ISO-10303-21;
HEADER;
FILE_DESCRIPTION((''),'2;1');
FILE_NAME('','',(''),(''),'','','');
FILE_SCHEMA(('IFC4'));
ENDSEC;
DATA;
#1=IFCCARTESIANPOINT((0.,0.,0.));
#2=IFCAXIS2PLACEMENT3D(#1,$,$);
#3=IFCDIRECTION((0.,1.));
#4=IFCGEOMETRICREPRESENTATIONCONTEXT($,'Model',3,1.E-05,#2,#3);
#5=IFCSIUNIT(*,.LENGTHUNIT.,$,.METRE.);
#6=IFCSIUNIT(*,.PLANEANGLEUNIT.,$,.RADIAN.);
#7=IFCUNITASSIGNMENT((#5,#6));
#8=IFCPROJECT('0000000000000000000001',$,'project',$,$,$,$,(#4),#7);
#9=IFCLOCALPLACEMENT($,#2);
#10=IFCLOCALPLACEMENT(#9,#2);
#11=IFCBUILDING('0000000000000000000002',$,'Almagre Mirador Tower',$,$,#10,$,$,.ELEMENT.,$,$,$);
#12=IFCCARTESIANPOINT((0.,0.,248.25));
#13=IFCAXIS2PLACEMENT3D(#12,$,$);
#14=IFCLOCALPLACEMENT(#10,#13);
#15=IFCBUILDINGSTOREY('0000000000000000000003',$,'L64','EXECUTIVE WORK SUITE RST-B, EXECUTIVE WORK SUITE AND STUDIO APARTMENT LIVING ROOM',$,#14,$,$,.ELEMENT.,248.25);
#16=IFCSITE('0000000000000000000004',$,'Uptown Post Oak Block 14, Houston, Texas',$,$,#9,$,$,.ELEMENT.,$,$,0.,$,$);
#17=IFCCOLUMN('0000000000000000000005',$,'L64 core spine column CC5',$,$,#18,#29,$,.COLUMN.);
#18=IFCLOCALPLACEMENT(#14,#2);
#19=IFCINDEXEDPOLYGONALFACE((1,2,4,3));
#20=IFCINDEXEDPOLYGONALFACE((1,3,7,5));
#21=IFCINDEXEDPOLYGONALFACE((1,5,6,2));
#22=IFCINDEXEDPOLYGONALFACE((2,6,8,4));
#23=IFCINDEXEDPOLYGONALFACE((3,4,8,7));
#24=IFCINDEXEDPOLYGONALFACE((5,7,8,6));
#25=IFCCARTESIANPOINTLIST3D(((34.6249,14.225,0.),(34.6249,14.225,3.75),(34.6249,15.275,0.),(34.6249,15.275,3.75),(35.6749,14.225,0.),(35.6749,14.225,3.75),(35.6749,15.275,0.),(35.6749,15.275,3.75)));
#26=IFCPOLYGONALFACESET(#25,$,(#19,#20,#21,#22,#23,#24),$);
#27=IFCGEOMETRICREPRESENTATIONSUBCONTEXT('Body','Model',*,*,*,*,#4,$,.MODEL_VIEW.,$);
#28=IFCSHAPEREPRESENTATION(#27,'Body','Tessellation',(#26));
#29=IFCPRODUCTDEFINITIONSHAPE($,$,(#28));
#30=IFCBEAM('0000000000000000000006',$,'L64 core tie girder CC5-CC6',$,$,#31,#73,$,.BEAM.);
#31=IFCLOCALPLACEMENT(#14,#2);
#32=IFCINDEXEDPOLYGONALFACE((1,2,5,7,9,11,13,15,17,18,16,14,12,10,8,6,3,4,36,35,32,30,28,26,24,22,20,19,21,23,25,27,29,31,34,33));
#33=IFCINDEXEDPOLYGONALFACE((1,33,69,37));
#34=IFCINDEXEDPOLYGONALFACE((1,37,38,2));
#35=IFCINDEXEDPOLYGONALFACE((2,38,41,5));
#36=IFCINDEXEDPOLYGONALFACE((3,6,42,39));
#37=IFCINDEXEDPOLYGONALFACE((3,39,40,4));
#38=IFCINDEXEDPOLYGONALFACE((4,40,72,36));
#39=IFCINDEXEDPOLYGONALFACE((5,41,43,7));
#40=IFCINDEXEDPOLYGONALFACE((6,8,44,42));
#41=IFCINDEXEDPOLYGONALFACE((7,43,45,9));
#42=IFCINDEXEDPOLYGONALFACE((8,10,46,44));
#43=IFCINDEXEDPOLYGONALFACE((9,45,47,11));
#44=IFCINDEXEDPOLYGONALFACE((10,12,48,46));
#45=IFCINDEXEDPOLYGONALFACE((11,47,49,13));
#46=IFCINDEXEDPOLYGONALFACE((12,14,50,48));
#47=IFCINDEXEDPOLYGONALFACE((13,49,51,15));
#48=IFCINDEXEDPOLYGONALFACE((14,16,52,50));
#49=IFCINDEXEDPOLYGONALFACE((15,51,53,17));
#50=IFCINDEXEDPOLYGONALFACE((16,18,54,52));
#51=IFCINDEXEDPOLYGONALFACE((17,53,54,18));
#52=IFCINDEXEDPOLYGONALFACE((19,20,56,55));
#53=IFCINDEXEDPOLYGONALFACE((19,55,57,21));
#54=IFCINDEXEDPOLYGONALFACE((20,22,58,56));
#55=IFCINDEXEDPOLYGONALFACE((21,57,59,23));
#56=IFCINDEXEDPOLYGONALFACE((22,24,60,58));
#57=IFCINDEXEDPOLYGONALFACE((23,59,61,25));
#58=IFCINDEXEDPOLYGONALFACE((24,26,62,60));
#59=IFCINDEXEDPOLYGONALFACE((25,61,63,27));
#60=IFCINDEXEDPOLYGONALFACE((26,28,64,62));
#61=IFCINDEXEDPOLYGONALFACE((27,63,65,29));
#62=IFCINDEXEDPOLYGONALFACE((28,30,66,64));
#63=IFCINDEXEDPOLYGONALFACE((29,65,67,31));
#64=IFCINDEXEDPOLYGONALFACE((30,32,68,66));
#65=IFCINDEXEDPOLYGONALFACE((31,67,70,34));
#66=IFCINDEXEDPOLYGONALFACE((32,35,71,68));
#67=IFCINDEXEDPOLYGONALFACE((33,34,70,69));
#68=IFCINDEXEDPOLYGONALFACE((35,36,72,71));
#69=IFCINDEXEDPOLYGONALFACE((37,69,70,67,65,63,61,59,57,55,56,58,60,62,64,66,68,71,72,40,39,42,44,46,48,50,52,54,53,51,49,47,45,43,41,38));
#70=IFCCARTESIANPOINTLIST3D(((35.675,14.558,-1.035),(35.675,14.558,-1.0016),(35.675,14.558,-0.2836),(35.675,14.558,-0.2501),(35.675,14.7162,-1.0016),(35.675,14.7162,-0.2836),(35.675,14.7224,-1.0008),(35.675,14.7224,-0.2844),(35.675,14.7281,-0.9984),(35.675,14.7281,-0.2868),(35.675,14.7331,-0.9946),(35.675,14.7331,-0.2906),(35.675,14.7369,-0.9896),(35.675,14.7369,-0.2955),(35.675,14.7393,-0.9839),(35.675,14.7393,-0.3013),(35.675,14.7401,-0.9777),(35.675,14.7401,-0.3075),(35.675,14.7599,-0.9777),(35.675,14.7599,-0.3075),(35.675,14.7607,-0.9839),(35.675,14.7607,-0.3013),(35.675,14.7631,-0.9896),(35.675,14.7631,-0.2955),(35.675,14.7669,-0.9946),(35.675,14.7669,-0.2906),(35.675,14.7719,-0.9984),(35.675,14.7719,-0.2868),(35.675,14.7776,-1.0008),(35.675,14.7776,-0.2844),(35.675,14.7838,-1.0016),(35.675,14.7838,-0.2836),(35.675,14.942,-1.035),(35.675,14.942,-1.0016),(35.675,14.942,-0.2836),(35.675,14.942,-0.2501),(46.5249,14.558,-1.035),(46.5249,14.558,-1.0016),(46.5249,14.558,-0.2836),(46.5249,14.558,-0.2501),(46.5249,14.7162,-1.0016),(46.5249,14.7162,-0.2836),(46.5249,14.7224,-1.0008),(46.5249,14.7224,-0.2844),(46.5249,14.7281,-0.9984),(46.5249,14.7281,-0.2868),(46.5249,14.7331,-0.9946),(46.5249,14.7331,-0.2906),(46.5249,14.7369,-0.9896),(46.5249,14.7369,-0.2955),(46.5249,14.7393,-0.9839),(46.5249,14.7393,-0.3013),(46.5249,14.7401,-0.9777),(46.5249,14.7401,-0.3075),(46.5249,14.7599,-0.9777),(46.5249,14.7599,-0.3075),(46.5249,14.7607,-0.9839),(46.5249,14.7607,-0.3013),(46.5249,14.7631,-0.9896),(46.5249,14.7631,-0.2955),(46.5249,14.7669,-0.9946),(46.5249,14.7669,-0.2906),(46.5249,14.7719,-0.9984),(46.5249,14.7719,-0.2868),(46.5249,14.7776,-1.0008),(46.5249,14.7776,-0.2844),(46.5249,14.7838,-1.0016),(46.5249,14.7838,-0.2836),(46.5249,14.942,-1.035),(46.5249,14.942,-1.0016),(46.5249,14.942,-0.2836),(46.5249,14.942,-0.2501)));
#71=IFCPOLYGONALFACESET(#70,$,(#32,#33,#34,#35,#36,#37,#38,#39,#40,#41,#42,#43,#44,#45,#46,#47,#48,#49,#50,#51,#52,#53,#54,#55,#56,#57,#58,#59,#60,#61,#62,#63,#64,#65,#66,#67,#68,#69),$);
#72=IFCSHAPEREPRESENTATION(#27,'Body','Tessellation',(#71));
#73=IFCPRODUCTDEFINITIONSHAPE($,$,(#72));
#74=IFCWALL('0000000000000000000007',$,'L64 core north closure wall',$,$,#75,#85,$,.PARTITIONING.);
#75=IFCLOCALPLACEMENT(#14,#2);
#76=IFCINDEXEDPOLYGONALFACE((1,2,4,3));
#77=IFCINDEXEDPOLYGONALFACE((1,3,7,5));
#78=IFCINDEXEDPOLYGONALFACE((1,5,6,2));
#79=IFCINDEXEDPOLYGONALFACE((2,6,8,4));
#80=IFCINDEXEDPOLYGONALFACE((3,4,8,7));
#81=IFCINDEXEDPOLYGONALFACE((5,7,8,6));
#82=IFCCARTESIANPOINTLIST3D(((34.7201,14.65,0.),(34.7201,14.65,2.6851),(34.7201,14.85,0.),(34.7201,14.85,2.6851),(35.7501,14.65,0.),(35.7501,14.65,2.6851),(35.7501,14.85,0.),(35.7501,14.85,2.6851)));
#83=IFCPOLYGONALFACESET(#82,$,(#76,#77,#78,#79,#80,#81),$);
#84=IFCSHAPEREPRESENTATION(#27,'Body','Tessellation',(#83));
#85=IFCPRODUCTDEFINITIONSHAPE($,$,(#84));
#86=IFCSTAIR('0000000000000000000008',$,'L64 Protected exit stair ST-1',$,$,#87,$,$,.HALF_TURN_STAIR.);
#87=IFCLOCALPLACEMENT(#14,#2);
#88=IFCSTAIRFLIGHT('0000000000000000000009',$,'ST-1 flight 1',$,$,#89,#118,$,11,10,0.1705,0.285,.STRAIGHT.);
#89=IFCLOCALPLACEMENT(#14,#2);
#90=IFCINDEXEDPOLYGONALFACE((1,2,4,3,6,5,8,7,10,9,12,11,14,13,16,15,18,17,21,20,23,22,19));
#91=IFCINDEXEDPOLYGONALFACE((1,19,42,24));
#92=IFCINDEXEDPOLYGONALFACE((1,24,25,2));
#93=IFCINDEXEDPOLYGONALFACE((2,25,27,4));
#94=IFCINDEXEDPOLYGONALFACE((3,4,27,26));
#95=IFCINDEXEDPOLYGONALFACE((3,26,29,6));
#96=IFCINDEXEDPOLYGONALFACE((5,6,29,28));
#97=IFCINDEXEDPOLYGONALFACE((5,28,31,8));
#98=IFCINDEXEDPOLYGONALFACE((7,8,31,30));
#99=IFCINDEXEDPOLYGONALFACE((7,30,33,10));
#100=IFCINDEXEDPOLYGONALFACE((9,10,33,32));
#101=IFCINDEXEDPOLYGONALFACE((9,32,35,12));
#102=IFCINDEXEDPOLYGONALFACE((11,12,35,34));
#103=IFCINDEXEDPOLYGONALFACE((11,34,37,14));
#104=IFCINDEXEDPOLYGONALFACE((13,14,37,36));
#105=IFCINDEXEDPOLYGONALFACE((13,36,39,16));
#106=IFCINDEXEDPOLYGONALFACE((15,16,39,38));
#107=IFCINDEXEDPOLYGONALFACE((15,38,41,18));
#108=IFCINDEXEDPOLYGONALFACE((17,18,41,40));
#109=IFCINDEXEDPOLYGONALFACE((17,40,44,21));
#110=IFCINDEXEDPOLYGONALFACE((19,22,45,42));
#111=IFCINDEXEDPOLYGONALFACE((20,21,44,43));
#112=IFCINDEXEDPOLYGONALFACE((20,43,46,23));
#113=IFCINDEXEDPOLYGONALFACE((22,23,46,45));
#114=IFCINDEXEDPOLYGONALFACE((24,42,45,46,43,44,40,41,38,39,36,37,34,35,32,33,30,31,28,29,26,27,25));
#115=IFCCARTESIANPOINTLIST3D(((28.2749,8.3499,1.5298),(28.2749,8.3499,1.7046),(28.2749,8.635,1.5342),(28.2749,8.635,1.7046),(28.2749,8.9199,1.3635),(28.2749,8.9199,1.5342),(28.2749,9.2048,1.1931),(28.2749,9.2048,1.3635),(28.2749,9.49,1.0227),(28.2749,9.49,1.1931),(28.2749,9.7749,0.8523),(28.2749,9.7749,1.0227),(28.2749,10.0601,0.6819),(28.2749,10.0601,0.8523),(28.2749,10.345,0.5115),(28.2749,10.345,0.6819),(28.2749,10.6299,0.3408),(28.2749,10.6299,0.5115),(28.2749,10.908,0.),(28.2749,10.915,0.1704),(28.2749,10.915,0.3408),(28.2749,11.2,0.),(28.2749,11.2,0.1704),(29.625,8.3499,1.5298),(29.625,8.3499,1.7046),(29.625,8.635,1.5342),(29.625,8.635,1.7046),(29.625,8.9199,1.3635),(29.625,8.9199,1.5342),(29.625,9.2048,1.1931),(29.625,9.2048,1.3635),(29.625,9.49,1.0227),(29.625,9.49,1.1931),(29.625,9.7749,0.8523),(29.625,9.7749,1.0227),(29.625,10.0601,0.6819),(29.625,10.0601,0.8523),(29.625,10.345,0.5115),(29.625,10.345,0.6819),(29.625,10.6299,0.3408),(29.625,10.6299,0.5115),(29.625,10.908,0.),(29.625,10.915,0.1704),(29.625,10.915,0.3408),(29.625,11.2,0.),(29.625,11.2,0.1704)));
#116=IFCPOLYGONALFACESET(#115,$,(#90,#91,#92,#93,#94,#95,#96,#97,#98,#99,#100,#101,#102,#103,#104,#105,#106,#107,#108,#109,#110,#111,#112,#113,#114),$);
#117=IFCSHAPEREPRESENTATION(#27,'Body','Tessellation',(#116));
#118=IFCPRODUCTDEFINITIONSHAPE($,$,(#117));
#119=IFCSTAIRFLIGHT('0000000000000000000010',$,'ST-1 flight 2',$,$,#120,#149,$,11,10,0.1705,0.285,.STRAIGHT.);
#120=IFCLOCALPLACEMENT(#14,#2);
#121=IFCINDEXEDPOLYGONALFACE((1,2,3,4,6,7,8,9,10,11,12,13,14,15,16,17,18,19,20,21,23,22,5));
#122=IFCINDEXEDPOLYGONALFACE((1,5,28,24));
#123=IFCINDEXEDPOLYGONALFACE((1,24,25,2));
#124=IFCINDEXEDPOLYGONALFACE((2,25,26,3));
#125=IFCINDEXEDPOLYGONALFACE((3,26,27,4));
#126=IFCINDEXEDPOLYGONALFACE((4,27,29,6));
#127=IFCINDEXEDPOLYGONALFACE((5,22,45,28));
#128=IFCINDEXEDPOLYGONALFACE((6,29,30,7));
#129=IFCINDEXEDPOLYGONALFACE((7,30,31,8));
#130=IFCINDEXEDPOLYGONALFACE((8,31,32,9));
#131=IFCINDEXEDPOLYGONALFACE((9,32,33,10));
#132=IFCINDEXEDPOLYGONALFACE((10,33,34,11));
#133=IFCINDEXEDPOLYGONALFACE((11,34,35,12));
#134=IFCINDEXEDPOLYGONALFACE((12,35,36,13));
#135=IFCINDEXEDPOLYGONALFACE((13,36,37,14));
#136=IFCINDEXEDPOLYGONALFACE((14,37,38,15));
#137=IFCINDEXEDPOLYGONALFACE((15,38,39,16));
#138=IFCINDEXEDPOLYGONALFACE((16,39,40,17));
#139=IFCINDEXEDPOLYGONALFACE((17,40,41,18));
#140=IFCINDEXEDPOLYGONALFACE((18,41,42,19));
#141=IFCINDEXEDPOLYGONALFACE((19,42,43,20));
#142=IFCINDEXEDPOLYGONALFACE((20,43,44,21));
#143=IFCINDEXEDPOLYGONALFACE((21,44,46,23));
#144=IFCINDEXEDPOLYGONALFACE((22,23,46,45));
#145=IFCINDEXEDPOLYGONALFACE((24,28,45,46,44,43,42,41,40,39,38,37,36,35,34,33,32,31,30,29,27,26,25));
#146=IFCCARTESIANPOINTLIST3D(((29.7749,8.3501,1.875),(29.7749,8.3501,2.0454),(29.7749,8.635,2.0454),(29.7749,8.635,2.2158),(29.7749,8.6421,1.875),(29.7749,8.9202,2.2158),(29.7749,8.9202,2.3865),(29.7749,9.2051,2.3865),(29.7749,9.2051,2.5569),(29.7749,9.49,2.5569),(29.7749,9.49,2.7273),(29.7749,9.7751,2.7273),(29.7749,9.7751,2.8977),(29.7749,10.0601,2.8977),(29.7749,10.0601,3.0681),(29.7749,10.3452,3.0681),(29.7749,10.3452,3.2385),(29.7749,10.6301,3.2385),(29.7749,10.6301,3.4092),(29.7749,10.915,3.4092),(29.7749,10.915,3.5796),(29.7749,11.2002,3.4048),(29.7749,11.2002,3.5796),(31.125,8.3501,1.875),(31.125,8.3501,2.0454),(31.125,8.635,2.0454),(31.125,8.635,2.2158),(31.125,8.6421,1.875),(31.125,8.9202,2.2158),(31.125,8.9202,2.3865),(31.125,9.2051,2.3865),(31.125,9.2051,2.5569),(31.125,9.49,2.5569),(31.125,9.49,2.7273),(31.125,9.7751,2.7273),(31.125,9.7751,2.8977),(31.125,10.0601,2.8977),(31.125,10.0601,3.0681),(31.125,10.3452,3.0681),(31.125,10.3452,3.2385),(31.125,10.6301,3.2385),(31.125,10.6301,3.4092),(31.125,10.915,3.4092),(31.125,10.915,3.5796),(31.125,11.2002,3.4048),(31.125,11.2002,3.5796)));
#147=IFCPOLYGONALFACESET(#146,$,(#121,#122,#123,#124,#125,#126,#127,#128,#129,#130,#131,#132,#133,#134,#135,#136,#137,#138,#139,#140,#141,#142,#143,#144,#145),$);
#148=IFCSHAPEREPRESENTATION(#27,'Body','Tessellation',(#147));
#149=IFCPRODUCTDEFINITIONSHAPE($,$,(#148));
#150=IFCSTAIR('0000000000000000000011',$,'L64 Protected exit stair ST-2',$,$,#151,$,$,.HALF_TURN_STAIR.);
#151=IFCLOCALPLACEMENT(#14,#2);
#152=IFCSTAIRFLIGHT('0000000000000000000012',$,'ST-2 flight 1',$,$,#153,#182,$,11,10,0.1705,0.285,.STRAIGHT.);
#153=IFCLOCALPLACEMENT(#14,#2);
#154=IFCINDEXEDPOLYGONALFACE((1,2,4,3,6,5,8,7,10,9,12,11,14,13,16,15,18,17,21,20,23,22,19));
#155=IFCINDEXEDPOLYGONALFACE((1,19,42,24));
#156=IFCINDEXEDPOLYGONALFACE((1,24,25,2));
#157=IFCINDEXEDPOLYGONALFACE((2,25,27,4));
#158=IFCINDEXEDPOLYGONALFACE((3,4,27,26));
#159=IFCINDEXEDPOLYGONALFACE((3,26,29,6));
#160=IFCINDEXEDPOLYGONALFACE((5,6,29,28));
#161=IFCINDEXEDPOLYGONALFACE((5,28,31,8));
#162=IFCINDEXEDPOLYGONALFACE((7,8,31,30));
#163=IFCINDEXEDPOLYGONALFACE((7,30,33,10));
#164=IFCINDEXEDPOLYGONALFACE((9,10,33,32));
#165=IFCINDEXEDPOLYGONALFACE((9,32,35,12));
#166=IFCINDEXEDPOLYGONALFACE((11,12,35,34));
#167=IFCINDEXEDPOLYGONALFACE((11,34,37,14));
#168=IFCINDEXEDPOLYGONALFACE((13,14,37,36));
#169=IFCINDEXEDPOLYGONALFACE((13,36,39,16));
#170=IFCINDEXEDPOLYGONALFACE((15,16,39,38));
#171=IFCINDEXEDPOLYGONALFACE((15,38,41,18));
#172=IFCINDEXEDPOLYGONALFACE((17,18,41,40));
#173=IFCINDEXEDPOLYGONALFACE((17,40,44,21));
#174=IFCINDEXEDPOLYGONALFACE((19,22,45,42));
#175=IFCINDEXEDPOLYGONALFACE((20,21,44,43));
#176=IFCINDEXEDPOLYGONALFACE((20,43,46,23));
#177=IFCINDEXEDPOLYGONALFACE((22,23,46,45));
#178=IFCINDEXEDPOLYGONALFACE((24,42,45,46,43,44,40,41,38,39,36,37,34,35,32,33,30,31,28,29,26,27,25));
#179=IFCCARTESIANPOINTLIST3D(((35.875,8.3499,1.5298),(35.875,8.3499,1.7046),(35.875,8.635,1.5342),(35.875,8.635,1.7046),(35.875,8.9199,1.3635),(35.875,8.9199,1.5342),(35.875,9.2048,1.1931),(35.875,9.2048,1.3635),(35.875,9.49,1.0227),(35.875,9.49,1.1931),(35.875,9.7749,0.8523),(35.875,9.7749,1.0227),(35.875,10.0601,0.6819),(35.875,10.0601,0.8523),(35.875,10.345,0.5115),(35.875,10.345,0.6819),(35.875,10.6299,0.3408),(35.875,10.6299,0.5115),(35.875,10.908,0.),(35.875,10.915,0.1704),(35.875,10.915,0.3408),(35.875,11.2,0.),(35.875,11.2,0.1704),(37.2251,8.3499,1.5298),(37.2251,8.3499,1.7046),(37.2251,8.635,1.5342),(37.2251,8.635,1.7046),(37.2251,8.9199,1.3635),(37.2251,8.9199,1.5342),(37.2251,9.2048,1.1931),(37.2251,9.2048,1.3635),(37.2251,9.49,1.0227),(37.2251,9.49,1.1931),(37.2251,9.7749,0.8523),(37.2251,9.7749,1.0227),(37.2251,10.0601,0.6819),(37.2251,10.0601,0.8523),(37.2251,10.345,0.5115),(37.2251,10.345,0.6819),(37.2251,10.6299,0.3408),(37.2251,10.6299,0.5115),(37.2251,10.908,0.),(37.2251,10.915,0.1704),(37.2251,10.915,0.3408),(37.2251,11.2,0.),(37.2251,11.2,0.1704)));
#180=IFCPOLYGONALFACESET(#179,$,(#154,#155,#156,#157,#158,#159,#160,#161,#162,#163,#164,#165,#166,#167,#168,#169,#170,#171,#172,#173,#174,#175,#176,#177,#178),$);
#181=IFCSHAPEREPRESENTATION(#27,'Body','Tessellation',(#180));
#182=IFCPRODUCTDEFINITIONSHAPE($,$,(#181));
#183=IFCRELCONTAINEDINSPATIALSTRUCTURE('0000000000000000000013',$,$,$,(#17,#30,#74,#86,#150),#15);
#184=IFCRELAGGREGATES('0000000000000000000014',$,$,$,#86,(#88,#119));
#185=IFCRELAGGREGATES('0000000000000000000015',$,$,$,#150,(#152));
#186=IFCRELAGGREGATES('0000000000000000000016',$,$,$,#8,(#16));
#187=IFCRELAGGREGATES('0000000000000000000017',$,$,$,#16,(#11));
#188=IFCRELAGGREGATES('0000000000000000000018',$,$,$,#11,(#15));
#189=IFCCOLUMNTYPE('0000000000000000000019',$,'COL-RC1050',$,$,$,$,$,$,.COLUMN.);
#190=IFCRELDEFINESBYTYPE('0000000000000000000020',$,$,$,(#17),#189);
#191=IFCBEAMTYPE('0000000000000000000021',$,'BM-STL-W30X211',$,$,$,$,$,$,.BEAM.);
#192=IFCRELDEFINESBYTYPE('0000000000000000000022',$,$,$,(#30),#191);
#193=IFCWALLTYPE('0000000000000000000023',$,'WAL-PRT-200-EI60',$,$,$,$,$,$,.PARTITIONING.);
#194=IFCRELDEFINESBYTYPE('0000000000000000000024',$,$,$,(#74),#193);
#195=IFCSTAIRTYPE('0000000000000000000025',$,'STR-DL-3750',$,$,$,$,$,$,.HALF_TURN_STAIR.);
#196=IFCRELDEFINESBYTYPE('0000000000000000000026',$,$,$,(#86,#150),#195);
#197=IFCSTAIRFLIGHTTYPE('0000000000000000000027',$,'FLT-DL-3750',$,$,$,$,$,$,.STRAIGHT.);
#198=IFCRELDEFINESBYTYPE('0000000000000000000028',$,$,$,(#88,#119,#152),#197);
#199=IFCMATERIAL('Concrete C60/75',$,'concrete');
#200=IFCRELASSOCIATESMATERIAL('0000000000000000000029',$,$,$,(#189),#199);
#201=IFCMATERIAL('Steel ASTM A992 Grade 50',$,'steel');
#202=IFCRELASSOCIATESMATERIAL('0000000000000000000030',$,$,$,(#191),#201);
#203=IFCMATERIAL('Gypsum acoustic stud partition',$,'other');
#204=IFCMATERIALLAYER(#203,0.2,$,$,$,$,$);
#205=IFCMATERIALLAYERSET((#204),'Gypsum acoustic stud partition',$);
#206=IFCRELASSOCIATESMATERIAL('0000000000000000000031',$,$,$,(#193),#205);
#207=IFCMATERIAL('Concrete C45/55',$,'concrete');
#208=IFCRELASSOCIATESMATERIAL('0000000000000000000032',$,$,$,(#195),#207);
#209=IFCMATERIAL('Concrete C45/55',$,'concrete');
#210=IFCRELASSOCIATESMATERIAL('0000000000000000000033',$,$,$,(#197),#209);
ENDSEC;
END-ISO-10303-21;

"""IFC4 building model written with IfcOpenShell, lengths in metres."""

from ifc_helpers import new_model, si_unit, direction, frame, frame_2d, origin, origin_2d, place, context, subcontext, project, spatial, polyline, rectangle, i_section, outline, extrude, material, layer, layer_set, material_profile, profile_set, type_object, element, aggregate, save


model = new_model("IFC4")

# Units and contexts
model_context = context("Model", 3, precision=1e-05, world=origin(), true_north=direction((0.0, 1.0)))
body_context = subcontext(model_context, "Body", "Model", "MODEL_VIEW")
ifc_project = project(units=[si_unit("LENGTHUNIT", "METRE"), si_unit("PLANEANGLEUNIT", "RADIAN")], contexts=[model_context])

# Site, building, storey
site_placement = place(None, origin())
site = spatial("IfcSite", under=ifc_project, at=site_placement, Name="Uptown Post Oak Block 14, Houston, Texas", CompositionType="ELEMENT", RefElevation=0.0)
building_placement = place(site_placement, origin())
building = spatial("IfcBuilding", under=site, at=building_placement, Name="Almagre Mirador Tower", CompositionType="ELEMENT")
storey_placement = place(building_placement, frame((0.0, 0.0, 248.25)))
storey = spatial("IfcBuildingStorey", under=building, at=storey_placement, Name="L64", Description="EXECUTIVE WORK SUITE RST-B, EXECUTIVE WORK SUITE AND STUDIO APARTMENT LIVING ROOM", CompositionType="ELEMENT", Elevation=248.25)

# Column
ifc_material_1 = material(Name="Concrete C60/75", Category="concrete")
ifc_material_profile_1 = material_profile(ifc_material_1, rectangle(XDim=1.05, YDim=1.05, at=origin_2d()), Name="RC1050X1050")
ifc_profile_set_1 = profile_set([ifc_material_profile_1], Name="Concrete C60/75")
column_type = type_object("IfcColumnType", Name="COL-RC1050", PredefinedType="COLUMN", material=ifc_profile_set_1)
column_placement = place(storey_placement, frame((35.1499, 14.75, 0.0), z_axis=(0.0, 0.0, 1.0), x_axis=(1.0, 0.0, 0.0)))
element("IfcColumn", 1, at=column_placement, inside=storey, type_object=column_type, Name="L64 core spine column CC5", PredefinedType="COLUMN", context=body_context, shape_type="SweptSolid", body=[
    extrude(rectangle(XDim=1.05, YDim=1.05, at=origin_2d()), origin(), (0.0, 0.0, 1.0), 3.75),
])

# Beam
ifc_material_2 = material(Name="Steel ASTM A992 Grade 50", Category="steel")
ifc_material_profile_2 = material_profile(ifc_material_2, i_section(OverallWidth=0.384, OverallDepth=0.7849, WebThickness=0.0198, FlangeThickness=0.0334, FilletRadius=0.0239, at=origin_2d()), Name="W30X211")
ifc_profile_set_2 = profile_set([ifc_material_profile_2], Name="Steel ASTM A992 Grade 50")
beam_type = type_object("IfcBeamType", Name="BM-STL-W30X211", PredefinedType="BEAM", material=ifc_profile_set_2)
beam_placement = place(storey_placement, frame((35.675, 14.75, -0.6426), z_axis=(1.0, 0.0, 0.0), x_axis=(0.0, 1.0, 0.0)))
element("IfcBeam", 2, at=beam_placement, inside=storey, type_object=beam_type, Name="L64 core tie girder CC5-CC6", PredefinedType="BEAM", context=body_context, shape_type="SweptSolid", body=[
    extrude(i_section(OverallWidth=0.384, OverallDepth=0.7849, WebThickness=0.0198, FlangeThickness=0.0334, FilletRadius=0.0239, at=origin_2d()), origin(), (0.0, 0.0, 1.0), 10.8499),
])

# Wall
ifc_material_3 = material(Name="Gypsum acoustic stud partition", Category="other")
ifc_layer_1 = layer(ifc_material_3, 0.2)
ifc_layer_set_1 = layer_set([ifc_layer_1], Name="Gypsum acoustic stud partition")
wall_type_1 = type_object("IfcWallType", Name="WAL-PRT-200-EI60", PredefinedType="PARTITIONING", material=ifc_layer_set_1)
wall_1_placement = place(storey_placement, frame((34.72, 14.75, 0.0), z_axis=(0.0, 0.0, 1.0), x_axis=(1.0, 0.0, 0.0)))
element("IfcWall", 3, at=wall_1_placement, inside=storey, type_object=wall_type_1, Name="L64 core north closure wall", PredefinedType="PARTITIONING", context=body_context, shape_type="SweptSolid", body=[
    extrude(rectangle(XDim=1.03, YDim=0.2, at=frame_2d((0.5151, 0.0))), origin(), (0.0, 0.0, 1.0), 2.6851),
])

# Stair, stair flights
ifc_material_4 = material(Name="Concrete C45/55", Category="concrete")
stair_type = type_object("IfcStairType", Name="STR-DL-3750", PredefinedType="HALF_TURN_STAIR", material=ifc_material_4)
stair_1_placement = place(storey_placement, origin())
stair_1 = element("IfcStair", 4, at=stair_1_placement, inside=storey, type_object=stair_type, Name="L64 Protected exit stair ST-1", PredefinedType="HALF_TURN_STAIR")
ifc_material_5 = material(Name="Concrete C45/55", Category="concrete")
stair_flight_type = type_object("IfcStairFlightType", Name="FLT-DL-3750", PredefinedType="STRAIGHT", material=ifc_material_5)
stair_flight_1_placement = place(storey_placement, frame((28.95, 11.2, 0.0), z_axis=(0.0, 0.0, 1.0), x_axis=(0.0, -1.0, 0.0)))
stair_flight_1 = element("IfcStairFlight", 5, at=stair_flight_1_placement, type_object=stair_flight_type, Name="ST-1 flight 1", NumberOfRisers=11, NumberOfTreads=10, PredefinedType="STRAIGHT", RiserHeight=0.1705, TreadLength=0.285, context=body_context, shape_type="SweptSolid", body=[
    extrude(outline(polyline([(0.0, 0.0), (0.0, 0.1704), (0.2849, 0.1704), (0.2849, 0.3408), (0.5701, 0.3408), (0.5701, 0.5115), (0.855, 0.5115), (0.855, 0.6819), (1.1399, 0.6819), (1.1399, 0.8523), (1.425, 0.8523), (1.425, 1.0227), (1.71, 1.0227), (1.71, 1.1931), (1.9951, 1.1931), (1.9951, 1.3635), (2.28, 1.3635), (2.28, 1.5342), (2.5649, 1.5342), (2.5649, 1.7046), (2.8501, 1.7046), (2.8501, 1.875), (2.8501, 1.5298), (0.292, 0.0), (0.0, 0.0)])), frame((0.0, 0.675, 0.0), z_axis=(0.0, -1.0, 0.0), x_axis=(1.0, 0.0, 0.0)), (0.0, 0.0, 1.0), 1.3501),
])
stair_flight_2_placement = place(storey_placement, frame((30.45, 8.3501, 1.875), z_axis=(0.0, 0.0, 1.0), x_axis=(0.0, 1.0, 0.0)))
stair_flight_2 = element("IfcStairFlight", 6, at=stair_flight_2_placement, type_object=stair_flight_type, Name="ST-1 flight 2", NumberOfRisers=11, NumberOfTreads=10, PredefinedType="STRAIGHT", RiserHeight=0.1705, TreadLength=0.285, context=body_context, shape_type="SweptSolid", body=[
    extrude(outline(polyline([(0.0, 0.0), (0.0, 0.1704), (0.2849, 0.1704), (0.2849, 0.3408), (0.5701, 0.3408), (0.5701, 0.5115), (0.855, 0.5115), (0.855, 0.6819), (1.1399, 0.6819), (1.1399, 0.8523), (1.425, 0.8523), (1.425, 1.0227), (1.71, 1.0227), (1.71, 1.1931), (1.9951, 1.1931), (1.9951, 1.3635), (2.28, 1.3635), (2.28, 1.5342), (2.5649, 1.5342), (2.5649, 1.7046), (2.8501, 1.7046), (2.8501, 1.875), (2.8501, 1.5298), (0.292, 0.0), (0.0, 0.0)])), frame((0.0, 0.675, 0.0), z_axis=(0.0, -1.0, 0.0), x_axis=(1.0, 0.0, 0.0)), (0.0, 0.0, 1.0), 1.3501),
])
aggregate(stair_1, [stair_flight_1, stair_flight_2])

# Stair, stair flight
stair_2_placement = place(storey_placement, origin())
stair_2 = element("IfcStair", 7, at=stair_2_placement, inside=storey, type_object=stair_type, Name="L64 Protected exit stair ST-2", PredefinedType="HALF_TURN_STAIR")
stair_flight_3_placement = place(storey_placement, frame((36.55, 11.2, 0.0), z_axis=(0.0, 0.0, 1.0), x_axis=(0.0, -1.0, 0.0)))
stair_flight_3 = element("IfcStairFlight", 8, at=stair_flight_3_placement, type_object=stair_flight_type, Name="ST-2 flight 1", NumberOfRisers=11, NumberOfTreads=10, PredefinedType="STRAIGHT", RiserHeight=0.1705, TreadLength=0.285, context=body_context, shape_type="SweptSolid", body=[
    extrude(outline(polyline([(0.0, 0.0), (0.0, 0.1704), (0.2849, 0.1704), (0.2849, 0.3408), (0.5701, 0.3408), (0.5701, 0.5115), (0.855, 0.5115), (0.855, 0.6819), (1.1399, 0.6819), (1.1399, 0.8523), (1.425, 0.8523), (1.425, 1.0227), (1.71, 1.0227), (1.71, 1.1931), (1.9951, 1.1931), (1.9951, 1.3635), (2.28, 1.3635), (2.28, 1.5342), (2.5649, 1.5342), (2.5649, 1.7046), (2.8501, 1.7046), (2.8501, 1.875), (2.8501, 1.5298), (0.292, 0.0), (0.0, 0.0)])), frame((0.0, 0.675, 0.0), z_axis=(0.0, -1.0, 0.0), x_axis=(1.0, 0.0, 0.0)), (0.0, 0.0, 1.0), 1.3501),
])
aggregate(stair_2, [stair_flight_3])

save(model, "model.ifc")
